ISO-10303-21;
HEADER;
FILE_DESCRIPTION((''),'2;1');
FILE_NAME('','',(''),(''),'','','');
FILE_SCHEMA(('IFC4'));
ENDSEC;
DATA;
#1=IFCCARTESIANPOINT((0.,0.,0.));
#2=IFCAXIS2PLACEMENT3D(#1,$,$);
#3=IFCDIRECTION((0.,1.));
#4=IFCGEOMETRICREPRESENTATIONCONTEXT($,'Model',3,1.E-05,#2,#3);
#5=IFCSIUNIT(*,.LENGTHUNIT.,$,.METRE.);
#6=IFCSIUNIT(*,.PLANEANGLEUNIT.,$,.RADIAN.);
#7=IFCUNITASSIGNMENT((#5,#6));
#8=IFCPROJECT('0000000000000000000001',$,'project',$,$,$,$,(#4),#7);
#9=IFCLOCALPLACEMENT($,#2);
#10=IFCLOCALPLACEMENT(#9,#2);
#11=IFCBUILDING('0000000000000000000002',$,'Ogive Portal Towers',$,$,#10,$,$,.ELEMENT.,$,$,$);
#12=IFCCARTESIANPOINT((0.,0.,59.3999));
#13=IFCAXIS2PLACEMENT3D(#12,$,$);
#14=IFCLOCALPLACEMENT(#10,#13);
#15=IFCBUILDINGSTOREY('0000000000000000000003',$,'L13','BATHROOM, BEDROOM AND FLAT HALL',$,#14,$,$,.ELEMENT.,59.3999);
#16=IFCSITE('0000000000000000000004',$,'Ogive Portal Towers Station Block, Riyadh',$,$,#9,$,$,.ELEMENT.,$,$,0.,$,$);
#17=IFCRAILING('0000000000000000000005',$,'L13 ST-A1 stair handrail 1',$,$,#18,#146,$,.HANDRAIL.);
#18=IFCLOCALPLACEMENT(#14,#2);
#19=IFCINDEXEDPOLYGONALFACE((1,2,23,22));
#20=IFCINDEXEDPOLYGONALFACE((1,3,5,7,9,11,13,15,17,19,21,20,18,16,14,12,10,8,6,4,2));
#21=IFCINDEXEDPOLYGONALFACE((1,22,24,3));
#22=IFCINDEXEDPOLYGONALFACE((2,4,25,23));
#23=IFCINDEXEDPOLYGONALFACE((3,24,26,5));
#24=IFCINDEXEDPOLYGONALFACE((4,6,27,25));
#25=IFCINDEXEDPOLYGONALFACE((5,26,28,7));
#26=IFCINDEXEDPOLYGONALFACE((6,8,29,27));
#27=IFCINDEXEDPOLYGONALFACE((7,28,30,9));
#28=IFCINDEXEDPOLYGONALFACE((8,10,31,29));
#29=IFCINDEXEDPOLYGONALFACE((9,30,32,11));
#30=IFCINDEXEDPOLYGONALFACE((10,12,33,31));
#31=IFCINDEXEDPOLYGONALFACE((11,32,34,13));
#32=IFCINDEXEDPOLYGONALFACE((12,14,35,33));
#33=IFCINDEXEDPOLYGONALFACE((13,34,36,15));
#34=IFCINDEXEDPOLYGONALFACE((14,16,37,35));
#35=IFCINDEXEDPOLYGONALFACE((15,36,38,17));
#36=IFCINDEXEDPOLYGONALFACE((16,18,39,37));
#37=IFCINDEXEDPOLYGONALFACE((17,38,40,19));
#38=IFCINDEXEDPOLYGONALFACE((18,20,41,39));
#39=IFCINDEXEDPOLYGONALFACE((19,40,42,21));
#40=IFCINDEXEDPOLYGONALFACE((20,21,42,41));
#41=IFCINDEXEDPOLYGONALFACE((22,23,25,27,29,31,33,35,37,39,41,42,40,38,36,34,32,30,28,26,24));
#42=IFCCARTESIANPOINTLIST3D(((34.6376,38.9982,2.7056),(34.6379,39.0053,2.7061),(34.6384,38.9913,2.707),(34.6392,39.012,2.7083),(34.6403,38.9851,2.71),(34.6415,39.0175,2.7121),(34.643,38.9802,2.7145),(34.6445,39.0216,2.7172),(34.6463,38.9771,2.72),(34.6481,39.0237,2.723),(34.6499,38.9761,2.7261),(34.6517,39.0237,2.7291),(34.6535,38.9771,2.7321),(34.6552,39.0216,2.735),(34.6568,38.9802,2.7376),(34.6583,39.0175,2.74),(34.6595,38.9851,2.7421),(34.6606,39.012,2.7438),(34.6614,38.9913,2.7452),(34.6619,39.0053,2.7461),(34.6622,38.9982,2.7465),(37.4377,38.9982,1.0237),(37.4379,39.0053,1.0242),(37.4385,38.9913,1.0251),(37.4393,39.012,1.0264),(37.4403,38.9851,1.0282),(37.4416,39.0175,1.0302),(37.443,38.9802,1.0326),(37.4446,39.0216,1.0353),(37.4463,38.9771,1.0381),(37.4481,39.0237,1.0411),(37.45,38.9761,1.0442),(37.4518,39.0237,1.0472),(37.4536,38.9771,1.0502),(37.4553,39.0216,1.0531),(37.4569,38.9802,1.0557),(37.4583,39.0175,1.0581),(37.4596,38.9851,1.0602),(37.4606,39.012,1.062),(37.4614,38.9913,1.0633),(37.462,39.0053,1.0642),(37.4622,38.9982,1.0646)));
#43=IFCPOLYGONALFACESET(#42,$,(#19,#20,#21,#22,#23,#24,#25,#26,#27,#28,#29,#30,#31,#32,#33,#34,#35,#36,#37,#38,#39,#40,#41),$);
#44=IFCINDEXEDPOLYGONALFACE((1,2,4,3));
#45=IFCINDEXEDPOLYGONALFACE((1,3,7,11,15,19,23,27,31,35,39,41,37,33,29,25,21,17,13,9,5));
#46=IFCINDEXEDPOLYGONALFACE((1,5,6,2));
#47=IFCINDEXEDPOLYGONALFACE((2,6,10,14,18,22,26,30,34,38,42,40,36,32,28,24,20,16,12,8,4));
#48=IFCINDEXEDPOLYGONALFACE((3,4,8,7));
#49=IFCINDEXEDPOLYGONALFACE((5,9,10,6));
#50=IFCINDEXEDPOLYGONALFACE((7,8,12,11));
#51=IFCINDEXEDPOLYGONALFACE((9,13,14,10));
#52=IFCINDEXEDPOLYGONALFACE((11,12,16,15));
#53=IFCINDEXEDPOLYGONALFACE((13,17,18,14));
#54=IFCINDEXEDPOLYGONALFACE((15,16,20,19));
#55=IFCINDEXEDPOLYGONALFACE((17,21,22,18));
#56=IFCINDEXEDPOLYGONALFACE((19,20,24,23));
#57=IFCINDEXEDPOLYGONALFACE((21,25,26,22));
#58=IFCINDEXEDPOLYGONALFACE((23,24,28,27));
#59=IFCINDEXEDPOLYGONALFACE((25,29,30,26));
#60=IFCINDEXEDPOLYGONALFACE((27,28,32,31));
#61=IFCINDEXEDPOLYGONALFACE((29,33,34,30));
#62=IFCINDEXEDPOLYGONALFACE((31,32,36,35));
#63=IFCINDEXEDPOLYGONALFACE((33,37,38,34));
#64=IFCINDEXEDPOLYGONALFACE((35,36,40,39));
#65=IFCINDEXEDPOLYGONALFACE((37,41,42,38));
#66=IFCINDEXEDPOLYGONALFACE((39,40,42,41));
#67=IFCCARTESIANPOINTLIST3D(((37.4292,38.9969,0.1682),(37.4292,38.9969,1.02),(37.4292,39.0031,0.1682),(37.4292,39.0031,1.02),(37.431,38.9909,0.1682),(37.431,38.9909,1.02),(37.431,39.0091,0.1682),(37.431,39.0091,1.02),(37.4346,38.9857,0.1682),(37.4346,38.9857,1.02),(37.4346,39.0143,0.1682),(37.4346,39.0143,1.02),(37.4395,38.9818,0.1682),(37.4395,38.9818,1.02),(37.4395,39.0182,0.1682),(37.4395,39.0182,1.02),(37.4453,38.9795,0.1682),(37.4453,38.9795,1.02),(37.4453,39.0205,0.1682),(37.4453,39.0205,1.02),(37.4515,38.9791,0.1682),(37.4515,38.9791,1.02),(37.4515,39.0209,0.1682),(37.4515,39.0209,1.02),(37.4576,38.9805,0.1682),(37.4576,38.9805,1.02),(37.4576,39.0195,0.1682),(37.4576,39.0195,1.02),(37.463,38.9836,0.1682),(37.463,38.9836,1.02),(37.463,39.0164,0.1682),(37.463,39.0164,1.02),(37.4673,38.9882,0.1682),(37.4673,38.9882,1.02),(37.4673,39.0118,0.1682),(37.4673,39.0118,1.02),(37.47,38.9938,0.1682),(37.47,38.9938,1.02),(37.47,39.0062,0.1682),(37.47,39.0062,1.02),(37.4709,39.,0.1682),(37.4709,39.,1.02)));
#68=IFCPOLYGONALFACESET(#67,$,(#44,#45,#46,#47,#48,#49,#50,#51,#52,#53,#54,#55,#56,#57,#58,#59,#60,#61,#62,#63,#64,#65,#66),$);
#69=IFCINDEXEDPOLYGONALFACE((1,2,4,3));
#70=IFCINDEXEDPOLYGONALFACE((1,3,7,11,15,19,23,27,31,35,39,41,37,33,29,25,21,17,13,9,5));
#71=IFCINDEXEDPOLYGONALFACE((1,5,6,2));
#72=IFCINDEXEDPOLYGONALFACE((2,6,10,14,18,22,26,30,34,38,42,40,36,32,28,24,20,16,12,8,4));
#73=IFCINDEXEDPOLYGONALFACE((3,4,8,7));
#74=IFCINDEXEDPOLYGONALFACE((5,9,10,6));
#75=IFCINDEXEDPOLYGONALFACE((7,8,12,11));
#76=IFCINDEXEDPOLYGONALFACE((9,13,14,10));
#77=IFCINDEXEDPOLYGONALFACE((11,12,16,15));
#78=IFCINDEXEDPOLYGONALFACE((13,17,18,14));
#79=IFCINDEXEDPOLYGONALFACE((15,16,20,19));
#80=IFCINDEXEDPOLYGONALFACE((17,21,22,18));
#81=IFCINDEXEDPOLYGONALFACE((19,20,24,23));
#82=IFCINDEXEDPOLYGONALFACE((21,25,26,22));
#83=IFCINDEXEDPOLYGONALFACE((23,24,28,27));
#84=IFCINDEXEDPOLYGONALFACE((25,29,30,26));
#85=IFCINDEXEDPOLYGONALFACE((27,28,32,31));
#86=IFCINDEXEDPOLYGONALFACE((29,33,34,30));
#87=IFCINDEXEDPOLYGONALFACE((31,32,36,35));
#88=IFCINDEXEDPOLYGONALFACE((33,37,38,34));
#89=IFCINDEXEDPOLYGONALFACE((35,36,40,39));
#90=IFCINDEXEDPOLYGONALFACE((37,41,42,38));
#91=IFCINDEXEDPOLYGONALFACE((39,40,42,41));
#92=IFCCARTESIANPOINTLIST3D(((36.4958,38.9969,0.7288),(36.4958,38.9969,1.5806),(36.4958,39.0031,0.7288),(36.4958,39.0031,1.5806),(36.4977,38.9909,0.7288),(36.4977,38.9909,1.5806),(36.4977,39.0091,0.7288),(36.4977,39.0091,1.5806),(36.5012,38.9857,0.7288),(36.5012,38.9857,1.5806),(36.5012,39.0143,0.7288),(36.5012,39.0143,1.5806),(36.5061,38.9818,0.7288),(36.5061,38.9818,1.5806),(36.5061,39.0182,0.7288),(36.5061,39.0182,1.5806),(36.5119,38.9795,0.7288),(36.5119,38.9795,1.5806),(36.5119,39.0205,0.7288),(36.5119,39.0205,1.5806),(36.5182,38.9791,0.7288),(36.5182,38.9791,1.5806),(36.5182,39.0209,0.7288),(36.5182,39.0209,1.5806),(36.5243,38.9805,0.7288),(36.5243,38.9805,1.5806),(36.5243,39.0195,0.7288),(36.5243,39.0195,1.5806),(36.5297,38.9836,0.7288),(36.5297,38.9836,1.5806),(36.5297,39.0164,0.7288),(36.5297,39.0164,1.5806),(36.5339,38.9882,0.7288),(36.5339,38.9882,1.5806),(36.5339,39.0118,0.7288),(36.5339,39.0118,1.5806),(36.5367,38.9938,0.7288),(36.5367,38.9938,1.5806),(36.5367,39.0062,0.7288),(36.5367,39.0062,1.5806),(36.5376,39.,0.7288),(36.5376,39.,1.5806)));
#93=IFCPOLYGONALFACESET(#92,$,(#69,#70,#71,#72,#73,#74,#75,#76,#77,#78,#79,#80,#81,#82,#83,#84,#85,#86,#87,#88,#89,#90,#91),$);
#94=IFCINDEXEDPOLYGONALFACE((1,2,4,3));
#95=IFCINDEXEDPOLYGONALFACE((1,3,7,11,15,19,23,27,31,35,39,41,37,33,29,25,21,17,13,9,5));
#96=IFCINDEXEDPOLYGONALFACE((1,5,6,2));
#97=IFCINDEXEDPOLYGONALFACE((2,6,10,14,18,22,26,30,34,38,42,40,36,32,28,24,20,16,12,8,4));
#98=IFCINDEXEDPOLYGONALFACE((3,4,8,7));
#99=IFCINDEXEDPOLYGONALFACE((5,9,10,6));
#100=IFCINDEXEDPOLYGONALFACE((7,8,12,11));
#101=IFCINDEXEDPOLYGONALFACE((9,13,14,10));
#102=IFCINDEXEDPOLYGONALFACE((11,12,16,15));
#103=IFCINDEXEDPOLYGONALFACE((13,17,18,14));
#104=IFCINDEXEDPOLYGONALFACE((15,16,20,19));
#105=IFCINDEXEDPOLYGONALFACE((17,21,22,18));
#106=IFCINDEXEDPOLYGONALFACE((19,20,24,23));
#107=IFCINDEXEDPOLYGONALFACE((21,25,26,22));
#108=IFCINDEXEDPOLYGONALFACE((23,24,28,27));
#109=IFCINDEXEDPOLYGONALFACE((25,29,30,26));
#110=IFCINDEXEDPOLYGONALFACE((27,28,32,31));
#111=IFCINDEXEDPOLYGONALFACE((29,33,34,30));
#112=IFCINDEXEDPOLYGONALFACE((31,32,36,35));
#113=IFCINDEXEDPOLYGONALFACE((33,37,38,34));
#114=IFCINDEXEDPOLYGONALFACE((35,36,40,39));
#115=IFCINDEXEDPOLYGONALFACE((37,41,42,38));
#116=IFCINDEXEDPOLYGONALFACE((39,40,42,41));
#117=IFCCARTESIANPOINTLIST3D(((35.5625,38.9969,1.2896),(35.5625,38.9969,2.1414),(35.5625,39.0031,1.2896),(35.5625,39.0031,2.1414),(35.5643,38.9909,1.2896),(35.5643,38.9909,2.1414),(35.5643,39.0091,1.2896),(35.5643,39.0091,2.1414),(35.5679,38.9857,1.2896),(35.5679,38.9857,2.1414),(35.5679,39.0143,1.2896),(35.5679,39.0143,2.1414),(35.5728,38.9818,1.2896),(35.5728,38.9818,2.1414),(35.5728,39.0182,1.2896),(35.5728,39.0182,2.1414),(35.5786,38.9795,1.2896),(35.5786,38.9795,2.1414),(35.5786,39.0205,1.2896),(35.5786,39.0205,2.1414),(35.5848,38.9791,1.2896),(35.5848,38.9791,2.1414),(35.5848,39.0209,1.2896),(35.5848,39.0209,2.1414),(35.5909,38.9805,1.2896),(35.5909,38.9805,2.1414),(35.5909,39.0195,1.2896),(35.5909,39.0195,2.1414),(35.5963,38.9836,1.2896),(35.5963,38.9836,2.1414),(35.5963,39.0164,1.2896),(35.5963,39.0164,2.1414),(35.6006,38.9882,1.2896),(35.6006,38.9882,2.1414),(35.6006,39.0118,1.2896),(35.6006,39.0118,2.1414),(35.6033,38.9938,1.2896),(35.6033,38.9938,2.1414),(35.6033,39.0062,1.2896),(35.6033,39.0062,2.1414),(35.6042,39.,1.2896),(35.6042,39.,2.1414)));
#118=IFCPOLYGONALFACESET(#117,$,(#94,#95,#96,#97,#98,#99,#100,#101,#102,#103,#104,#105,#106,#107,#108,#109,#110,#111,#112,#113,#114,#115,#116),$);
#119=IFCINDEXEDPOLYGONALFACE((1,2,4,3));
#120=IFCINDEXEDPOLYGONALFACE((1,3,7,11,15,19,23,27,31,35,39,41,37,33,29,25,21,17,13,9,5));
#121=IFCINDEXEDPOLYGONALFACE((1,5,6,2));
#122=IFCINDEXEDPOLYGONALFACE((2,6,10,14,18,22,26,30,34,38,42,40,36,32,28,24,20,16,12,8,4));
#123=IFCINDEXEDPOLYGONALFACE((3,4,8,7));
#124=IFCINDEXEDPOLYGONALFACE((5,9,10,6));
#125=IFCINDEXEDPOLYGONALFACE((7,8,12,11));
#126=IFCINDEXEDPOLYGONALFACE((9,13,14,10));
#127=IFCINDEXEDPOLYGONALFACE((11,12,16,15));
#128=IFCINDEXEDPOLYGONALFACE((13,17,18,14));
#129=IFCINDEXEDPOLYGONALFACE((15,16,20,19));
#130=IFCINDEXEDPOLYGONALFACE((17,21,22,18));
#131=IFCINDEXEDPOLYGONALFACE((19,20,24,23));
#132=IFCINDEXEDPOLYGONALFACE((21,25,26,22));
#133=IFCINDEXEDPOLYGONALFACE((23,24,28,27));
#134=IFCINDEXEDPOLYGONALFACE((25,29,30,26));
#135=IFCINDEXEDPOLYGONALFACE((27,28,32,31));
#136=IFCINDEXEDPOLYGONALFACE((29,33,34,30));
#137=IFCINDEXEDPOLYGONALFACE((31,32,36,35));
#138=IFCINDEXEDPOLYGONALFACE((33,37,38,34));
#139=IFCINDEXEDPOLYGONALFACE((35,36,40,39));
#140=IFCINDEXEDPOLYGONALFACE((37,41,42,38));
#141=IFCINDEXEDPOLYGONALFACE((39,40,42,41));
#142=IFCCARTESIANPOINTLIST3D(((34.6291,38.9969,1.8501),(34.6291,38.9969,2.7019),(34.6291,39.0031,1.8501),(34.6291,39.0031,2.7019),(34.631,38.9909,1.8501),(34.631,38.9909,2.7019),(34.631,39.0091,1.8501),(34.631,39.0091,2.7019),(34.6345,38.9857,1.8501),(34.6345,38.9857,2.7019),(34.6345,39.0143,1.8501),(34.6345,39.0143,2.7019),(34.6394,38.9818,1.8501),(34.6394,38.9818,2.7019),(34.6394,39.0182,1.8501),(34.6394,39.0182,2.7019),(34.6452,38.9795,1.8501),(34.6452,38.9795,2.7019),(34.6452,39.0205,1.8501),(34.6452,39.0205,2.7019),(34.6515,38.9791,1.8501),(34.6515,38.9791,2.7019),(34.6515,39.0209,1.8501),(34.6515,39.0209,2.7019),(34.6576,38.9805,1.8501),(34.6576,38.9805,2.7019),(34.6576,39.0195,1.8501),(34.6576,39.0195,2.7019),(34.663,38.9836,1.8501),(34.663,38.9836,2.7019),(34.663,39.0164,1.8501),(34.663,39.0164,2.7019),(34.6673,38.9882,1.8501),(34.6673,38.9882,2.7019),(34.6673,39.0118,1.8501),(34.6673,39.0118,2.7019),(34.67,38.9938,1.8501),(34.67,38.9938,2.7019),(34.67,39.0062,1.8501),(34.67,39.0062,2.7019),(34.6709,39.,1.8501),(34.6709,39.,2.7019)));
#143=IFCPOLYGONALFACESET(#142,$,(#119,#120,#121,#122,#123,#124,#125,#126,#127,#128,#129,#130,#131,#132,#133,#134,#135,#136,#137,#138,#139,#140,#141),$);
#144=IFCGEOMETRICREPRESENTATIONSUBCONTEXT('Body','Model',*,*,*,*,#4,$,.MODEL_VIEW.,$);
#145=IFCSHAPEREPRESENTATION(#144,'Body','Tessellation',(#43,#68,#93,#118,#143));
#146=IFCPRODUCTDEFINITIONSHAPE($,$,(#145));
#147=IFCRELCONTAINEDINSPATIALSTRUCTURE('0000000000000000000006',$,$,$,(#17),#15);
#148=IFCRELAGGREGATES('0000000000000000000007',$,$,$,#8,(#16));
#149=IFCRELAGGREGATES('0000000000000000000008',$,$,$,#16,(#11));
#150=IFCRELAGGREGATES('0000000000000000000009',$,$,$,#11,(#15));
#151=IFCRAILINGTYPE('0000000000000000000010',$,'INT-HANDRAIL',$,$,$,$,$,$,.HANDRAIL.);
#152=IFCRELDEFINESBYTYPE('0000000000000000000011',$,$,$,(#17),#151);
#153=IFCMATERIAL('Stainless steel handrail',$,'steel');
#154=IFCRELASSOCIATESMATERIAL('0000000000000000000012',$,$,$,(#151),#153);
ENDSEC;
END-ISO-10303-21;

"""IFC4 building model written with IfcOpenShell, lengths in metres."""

from ifc_helpers import new_model, si_unit, direction, frame, origin, origin_2d, place, context, subcontext, project, spatial, circle, extrude, material, type_object, element, save


model = new_model("IFC4")

# Units and contexts
model_context = context("Model", 3, precision=1e-05, world=origin(), true_north=direction((0.0, 1.0)))
body_context = subcontext(model_context, "Body", "Model", "MODEL_VIEW")
ifc_project = project(units=[si_unit("LENGTHUNIT", "METRE"), si_unit("PLANEANGLEUNIT", "RADIAN")], contexts=[model_context])

# Site, building, storey
site_placement = place(None, origin())
site = spatial("IfcSite", under=ifc_project, at=site_placement, Name="Ogive Portal Towers Station Block, Riyadh", CompositionType="ELEMENT", RefElevation=0.0)
building_placement = place(site_placement, origin())
building = spatial("IfcBuilding", under=site, at=building_placement, Name="Ogive Portal Towers", CompositionType="ELEMENT")
storey_placement = place(building_placement, frame((0.0, 0.0, 59.3999)))
storey = spatial("IfcBuildingStorey", under=building, at=storey_placement, Name="L13", Description="BATHROOM, BEDROOM AND FLAT HALL", CompositionType="ELEMENT", Elevation=59.3999)

# Railing
ifc_material_1 = material(Name="Stainless steel handrail", Category="steel")
railing_type_1 = type_object("IfcRailingType", Name="INT-HANDRAIL", PredefinedType="HANDRAIL", material=ifc_material_1)
railing_1_placement = place(storey_placement, frame((37.45, 39.0, 0.1682)))
element("IfcRailing", 1, at=railing_1_placement, inside=storey, type_object=railing_type_1, Name="L13 ST-A1 stair handrail 1", PredefinedType="HANDRAIL", context=body_context, shape_type="SweptSolid", body=[
    extrude(circle(Radius=0.0239, at=origin_2d()), frame((0.0, 0.0, 0.876), z_axis=(-0.857242, 0.0, 0.514913), x_axis=(0.0, -1.0, 0.0)), (0.0, 0.0, 1.0), 3.2664),
    extrude(circle(Radius=0.021, at=origin_2d()), origin(), (0.0, 0.0, 1.0), 0.8518),
    extrude(circle(Radius=0.021, at=origin_2d()), frame((-0.9333, 0.0, 0.5605)), (0.0, 0.0, 1.0), 0.8518),
    extrude(circle(Radius=0.021, at=origin_2d()), frame((-1.8667, 0.0, 1.1213)), (0.0, 0.0, 1.0), 0.8518),
    extrude(circle(Radius=0.021, at=origin_2d()), frame((-2.8, 0.0, 1.6819)), (0.0, 0.0, 1.0), 0.8518),
])

save(model, "model.ifc")
